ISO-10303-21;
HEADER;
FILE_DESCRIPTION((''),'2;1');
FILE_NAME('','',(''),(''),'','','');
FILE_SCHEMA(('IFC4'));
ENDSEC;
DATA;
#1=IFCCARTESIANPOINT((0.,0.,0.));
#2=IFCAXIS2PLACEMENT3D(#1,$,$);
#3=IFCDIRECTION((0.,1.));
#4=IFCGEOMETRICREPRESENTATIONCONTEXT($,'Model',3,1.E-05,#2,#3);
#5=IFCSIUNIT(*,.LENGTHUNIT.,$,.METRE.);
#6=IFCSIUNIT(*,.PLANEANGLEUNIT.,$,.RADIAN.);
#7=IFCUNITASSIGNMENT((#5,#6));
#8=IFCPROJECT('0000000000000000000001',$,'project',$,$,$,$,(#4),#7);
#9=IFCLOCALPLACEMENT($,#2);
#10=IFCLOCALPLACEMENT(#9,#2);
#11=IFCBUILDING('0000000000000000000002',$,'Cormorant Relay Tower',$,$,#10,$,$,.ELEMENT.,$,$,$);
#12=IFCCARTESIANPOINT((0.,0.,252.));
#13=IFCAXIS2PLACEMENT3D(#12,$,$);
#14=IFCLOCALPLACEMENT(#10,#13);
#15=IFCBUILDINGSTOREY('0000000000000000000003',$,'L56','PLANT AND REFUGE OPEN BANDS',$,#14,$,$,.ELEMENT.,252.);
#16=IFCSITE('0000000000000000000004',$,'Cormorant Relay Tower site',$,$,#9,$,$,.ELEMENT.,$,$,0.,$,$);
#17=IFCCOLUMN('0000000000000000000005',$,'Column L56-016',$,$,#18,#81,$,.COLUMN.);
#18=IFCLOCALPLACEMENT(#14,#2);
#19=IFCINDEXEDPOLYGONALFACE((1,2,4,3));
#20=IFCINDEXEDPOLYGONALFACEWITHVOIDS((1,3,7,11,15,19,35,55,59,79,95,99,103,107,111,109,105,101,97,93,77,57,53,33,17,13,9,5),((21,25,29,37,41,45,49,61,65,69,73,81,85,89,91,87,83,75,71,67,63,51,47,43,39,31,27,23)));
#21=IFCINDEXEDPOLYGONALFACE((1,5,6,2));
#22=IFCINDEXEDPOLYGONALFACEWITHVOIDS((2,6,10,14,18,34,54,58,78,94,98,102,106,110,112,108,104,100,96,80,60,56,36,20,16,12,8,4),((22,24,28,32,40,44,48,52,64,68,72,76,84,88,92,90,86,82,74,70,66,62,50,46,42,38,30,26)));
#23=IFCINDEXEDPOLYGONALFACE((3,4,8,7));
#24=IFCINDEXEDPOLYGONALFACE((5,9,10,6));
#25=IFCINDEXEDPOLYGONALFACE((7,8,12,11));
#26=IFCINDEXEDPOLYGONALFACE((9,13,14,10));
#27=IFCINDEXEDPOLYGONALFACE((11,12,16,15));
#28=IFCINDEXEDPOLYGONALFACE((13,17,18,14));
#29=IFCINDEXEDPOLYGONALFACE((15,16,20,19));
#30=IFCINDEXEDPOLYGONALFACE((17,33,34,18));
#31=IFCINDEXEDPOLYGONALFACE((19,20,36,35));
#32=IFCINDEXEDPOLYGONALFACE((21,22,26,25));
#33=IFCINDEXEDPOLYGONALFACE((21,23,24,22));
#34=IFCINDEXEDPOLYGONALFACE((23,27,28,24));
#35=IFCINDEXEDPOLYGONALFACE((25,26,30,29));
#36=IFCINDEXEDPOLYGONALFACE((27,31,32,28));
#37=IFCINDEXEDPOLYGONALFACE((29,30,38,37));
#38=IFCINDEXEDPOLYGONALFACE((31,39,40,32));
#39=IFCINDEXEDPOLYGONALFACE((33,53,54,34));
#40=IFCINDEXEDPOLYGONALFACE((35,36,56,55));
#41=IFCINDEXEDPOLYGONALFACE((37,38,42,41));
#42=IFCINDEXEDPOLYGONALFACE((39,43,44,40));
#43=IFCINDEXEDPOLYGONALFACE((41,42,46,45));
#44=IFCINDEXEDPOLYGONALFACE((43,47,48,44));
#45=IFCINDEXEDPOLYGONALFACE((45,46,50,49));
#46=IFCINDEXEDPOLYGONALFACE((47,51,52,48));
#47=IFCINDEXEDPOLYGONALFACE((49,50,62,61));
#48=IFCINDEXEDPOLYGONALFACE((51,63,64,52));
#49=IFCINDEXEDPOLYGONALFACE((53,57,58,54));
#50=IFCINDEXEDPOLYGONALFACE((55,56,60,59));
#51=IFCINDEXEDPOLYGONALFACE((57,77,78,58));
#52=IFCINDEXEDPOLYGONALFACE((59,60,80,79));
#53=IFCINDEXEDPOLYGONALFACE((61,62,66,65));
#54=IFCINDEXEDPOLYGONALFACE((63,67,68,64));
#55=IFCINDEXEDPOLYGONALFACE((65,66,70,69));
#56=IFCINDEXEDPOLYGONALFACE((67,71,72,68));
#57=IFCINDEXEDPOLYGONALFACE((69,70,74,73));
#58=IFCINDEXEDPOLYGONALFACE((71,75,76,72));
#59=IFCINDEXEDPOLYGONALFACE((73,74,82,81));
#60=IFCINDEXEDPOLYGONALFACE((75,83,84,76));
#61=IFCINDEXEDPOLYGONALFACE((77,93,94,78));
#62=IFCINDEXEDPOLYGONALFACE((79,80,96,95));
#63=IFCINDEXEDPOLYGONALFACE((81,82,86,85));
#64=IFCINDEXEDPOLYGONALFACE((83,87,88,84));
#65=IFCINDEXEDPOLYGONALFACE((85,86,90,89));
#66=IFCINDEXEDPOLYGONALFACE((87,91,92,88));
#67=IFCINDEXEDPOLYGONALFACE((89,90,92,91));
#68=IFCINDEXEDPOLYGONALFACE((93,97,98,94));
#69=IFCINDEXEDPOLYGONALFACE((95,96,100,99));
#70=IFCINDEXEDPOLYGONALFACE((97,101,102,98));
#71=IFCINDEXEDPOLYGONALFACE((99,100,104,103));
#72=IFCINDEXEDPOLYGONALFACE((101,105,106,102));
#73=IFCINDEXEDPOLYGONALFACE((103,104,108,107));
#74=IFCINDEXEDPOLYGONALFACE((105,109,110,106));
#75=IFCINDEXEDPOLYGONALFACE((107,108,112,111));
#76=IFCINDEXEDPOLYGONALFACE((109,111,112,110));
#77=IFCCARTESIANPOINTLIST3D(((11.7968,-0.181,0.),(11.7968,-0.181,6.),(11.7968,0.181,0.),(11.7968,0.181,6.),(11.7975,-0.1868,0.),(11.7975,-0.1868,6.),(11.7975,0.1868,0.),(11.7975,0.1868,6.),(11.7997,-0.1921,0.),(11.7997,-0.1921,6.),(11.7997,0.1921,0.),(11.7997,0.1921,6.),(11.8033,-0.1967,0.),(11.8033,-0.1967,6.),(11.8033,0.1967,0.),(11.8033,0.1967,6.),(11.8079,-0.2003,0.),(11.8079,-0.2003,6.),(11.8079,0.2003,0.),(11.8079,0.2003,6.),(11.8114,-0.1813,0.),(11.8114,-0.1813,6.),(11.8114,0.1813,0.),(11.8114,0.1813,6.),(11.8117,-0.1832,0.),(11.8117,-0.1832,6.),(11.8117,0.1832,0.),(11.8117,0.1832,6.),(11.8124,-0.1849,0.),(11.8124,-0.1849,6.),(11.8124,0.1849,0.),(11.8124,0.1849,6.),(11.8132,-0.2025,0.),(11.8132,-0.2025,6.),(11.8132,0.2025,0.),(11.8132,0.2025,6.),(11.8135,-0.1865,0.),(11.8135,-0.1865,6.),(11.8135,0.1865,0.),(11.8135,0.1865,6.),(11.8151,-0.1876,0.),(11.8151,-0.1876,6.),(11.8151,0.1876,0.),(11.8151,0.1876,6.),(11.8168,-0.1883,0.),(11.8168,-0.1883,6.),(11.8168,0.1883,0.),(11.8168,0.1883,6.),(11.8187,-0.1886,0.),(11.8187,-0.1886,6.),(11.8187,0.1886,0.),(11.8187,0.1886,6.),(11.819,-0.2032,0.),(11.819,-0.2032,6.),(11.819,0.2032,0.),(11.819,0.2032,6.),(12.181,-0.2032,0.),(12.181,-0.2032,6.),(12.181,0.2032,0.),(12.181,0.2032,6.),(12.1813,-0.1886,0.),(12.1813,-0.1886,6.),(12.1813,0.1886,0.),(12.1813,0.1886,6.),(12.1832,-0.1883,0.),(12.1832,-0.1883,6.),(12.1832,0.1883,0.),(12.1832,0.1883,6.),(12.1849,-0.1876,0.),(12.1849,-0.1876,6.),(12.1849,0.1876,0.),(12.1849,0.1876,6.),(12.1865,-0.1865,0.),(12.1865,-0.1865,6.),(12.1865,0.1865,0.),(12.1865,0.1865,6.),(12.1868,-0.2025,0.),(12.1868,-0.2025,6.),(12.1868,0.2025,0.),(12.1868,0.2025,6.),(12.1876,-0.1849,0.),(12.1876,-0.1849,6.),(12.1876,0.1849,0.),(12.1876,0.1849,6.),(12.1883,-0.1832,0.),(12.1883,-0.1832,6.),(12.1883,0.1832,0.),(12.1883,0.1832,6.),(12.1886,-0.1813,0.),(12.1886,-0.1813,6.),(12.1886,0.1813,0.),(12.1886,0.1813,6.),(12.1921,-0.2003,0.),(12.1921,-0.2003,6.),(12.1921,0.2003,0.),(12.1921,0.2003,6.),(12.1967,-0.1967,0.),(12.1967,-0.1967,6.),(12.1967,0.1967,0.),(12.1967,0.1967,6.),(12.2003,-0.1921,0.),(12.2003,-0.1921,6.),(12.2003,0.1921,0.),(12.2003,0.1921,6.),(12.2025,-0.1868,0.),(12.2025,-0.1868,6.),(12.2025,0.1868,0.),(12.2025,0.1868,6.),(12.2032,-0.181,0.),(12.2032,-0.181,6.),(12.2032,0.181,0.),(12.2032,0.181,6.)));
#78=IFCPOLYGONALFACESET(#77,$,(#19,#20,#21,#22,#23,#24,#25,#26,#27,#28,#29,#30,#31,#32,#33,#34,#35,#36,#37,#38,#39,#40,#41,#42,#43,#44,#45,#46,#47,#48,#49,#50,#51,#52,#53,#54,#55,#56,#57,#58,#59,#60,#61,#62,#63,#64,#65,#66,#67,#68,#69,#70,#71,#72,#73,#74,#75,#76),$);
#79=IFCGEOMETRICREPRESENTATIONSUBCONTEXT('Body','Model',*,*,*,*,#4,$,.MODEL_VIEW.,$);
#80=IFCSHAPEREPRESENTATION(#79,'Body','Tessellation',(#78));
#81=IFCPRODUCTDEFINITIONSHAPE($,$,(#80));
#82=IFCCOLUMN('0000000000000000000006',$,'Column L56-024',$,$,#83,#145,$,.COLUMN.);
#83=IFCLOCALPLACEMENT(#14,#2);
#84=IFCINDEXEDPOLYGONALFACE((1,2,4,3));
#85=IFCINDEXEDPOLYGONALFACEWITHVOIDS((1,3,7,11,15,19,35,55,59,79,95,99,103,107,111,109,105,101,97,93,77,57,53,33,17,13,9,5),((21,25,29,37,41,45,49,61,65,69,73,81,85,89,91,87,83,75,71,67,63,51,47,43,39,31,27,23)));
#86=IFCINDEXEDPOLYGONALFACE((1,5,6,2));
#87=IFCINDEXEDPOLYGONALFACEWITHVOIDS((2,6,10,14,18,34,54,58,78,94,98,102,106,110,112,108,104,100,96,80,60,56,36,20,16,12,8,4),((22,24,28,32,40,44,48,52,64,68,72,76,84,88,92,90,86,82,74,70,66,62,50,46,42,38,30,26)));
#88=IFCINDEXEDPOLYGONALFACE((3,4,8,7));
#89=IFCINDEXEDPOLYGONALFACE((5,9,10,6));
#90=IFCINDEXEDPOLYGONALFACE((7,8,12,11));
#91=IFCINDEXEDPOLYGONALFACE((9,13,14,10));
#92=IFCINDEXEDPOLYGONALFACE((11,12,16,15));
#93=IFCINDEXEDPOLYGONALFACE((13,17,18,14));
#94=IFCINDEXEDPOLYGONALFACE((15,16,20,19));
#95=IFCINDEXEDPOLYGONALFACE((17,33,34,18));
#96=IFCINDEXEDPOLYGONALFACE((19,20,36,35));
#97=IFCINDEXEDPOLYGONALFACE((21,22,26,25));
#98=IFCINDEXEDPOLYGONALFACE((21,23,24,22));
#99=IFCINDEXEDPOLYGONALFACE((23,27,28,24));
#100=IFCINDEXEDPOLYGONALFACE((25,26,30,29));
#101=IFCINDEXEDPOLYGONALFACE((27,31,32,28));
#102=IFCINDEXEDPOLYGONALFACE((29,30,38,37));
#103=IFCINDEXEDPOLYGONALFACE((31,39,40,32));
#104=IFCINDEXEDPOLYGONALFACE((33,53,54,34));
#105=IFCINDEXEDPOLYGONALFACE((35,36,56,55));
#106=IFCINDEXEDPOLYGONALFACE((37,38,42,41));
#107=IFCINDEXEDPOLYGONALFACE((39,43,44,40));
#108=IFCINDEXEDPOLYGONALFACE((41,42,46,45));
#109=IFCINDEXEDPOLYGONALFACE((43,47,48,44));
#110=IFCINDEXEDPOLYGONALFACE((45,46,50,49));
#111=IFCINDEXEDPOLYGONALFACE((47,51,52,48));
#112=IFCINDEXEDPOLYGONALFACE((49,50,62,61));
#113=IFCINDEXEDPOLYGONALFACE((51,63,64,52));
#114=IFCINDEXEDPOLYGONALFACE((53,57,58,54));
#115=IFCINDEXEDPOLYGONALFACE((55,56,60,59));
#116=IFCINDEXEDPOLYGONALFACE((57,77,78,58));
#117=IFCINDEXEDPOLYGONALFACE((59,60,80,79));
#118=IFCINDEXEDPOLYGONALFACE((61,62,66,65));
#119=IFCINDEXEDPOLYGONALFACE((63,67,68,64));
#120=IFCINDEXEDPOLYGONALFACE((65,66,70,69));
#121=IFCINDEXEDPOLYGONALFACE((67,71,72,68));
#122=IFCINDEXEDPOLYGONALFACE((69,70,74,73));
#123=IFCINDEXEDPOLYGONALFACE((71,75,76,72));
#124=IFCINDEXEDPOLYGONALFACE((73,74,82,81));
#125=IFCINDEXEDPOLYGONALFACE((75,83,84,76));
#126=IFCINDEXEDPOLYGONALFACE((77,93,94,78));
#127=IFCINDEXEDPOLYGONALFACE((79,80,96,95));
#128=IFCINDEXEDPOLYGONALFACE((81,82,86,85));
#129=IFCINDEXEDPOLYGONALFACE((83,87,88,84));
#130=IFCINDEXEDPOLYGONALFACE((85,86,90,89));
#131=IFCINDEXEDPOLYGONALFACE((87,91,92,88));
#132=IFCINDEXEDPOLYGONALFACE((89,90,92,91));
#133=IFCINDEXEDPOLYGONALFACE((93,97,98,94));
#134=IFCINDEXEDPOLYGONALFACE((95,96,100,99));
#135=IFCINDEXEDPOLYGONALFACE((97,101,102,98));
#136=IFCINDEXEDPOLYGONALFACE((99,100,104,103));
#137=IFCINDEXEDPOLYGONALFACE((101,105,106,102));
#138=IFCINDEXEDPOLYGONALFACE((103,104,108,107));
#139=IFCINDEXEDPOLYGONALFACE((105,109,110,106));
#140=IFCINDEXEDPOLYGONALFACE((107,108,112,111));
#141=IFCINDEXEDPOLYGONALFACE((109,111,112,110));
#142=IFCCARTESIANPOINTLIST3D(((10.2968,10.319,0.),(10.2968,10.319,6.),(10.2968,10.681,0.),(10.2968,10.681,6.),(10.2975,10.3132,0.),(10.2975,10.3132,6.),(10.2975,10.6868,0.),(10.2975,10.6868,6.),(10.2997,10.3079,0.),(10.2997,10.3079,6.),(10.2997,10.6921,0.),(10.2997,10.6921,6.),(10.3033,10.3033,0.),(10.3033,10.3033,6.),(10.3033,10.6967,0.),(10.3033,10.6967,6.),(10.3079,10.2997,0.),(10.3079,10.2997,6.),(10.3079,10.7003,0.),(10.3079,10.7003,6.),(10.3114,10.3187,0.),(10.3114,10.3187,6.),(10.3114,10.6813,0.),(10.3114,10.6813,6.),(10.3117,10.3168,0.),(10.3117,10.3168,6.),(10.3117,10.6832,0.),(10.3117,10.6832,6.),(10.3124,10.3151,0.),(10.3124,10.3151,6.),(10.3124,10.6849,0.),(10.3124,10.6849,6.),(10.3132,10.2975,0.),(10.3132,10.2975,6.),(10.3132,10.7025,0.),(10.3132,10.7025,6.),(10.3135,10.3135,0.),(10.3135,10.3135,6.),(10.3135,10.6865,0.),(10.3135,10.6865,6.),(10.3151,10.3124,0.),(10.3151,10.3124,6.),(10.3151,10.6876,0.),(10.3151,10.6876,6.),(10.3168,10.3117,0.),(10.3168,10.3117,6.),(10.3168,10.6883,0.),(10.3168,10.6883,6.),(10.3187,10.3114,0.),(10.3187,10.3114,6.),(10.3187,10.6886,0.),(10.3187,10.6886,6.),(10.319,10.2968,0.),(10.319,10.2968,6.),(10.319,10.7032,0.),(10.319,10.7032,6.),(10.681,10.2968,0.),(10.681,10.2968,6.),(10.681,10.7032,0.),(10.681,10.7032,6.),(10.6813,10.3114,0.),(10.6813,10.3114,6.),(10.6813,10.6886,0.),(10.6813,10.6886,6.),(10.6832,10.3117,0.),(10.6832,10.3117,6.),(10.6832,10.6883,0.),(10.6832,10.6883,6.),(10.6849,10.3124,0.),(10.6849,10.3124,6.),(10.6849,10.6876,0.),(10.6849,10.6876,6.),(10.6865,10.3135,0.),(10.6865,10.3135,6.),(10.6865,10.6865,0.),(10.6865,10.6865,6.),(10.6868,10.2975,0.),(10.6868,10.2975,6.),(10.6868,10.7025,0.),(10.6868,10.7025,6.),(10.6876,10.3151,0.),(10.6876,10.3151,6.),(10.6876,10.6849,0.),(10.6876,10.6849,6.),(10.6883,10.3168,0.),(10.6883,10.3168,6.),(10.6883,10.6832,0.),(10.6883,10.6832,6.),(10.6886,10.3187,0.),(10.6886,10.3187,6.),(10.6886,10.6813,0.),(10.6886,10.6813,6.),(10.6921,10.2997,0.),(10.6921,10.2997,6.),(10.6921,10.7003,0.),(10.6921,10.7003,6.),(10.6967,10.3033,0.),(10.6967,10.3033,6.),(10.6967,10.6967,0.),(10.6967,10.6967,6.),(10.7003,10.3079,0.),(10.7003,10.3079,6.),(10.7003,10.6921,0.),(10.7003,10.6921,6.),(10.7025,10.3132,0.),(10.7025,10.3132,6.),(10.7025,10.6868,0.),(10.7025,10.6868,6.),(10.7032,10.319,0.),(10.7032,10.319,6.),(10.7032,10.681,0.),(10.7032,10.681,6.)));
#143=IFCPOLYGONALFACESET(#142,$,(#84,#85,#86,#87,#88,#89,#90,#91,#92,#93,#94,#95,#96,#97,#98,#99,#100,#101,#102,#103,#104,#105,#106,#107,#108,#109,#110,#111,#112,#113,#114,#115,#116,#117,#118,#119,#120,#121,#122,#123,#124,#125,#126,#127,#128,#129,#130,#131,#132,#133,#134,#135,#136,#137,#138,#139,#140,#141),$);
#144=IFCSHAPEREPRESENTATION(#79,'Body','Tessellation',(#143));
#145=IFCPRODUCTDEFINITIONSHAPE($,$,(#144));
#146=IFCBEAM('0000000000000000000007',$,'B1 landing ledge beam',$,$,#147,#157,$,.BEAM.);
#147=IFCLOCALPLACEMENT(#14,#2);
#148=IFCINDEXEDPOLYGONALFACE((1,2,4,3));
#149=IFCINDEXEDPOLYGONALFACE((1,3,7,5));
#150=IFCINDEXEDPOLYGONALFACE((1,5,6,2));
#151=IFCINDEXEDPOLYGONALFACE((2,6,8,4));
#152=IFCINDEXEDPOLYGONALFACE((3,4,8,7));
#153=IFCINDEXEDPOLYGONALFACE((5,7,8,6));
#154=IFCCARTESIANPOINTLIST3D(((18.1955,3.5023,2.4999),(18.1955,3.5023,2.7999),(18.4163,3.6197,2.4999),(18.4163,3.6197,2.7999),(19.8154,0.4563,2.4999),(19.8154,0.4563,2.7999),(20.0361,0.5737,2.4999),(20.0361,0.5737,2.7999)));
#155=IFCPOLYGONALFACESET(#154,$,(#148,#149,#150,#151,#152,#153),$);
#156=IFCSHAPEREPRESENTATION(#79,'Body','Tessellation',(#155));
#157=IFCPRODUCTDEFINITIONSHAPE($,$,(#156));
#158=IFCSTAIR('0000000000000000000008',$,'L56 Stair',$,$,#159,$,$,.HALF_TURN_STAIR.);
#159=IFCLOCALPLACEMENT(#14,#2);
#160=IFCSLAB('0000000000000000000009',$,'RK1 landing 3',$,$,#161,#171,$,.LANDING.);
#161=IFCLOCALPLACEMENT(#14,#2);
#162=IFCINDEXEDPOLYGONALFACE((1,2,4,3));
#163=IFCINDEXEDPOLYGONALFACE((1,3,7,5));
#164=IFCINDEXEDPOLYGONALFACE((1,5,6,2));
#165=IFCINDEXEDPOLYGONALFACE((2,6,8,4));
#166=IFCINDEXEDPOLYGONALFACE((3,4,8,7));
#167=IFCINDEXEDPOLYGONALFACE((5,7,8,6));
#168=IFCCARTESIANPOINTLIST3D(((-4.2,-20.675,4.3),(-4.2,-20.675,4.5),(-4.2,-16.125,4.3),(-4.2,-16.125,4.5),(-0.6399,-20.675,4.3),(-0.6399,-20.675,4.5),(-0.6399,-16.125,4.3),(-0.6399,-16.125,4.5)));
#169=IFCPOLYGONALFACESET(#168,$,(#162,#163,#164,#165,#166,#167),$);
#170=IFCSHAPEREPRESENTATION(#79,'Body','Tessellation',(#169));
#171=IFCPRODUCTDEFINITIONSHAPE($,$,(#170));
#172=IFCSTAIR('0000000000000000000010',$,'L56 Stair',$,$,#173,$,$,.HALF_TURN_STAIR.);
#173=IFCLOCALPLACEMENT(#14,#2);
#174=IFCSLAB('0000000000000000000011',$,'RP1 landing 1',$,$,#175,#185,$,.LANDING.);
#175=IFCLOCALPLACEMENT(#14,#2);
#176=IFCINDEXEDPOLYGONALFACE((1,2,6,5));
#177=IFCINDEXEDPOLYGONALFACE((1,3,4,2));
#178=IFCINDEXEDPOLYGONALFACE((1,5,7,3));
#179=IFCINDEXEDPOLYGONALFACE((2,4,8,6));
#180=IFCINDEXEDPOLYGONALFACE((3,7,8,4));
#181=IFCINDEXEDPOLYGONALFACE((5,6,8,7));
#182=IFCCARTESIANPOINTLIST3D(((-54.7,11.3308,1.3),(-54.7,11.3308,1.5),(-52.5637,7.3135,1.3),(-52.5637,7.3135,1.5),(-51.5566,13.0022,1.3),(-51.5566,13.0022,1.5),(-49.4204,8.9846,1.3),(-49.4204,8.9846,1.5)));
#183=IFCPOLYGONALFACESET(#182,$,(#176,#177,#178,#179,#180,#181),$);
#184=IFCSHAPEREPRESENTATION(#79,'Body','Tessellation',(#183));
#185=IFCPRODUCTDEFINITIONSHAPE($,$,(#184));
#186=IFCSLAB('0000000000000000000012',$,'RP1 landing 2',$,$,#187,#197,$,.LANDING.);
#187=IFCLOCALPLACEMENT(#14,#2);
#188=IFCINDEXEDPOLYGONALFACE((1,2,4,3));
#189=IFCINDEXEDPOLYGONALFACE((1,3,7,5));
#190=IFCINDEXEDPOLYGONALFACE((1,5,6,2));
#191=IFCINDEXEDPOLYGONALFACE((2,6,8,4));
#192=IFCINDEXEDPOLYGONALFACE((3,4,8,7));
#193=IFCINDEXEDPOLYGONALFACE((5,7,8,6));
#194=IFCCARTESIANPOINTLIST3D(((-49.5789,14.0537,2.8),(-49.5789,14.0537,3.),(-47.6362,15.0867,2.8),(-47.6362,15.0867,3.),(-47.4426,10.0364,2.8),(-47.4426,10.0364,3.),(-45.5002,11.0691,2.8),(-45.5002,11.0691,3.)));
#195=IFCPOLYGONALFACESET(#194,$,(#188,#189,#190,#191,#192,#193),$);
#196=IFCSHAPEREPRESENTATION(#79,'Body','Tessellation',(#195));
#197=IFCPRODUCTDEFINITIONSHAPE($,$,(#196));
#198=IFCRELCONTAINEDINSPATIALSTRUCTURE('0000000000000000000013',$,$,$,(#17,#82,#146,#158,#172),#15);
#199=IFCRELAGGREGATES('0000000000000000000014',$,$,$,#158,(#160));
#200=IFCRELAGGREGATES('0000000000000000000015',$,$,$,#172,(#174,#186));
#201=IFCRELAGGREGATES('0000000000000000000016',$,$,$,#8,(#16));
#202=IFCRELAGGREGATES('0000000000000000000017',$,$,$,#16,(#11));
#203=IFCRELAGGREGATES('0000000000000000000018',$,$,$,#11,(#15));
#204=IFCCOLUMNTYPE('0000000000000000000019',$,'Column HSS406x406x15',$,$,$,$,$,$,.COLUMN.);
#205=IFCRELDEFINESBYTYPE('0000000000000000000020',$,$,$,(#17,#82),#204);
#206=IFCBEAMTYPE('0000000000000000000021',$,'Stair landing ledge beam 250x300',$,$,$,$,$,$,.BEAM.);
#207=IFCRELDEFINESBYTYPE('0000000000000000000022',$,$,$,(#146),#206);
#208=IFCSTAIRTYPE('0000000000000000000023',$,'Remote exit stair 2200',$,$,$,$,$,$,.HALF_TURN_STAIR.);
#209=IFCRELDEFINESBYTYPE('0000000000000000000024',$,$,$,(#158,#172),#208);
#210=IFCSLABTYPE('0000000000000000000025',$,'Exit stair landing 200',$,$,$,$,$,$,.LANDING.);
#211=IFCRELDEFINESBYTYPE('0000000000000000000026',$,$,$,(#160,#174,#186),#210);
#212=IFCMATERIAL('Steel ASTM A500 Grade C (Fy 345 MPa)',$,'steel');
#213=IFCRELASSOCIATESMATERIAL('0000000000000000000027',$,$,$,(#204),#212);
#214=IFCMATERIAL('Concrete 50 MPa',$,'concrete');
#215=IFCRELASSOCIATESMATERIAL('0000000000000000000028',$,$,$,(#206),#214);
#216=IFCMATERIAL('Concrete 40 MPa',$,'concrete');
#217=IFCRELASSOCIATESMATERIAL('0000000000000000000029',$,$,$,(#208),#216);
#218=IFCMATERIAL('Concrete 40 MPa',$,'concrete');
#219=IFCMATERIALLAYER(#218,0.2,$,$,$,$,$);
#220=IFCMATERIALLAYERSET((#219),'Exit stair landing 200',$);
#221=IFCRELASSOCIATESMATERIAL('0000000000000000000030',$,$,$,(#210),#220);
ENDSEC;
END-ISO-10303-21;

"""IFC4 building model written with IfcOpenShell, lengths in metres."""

from ifc_helpers import new_model, si_unit, direction, frame, origin, origin_2d, place, context, subcontext, project, spatial, polyline, rectangle, hollow_rectangle, outline, extrude, material, layer, layer_set, material_profile, profile_set, type_object, element, aggregate, save


model = new_model("IFC4")

# Units and contexts
model_context = context("Model", 3, precision=1e-05, world=origin(), true_north=direction((0.0, 1.0)))
body_context = subcontext(model_context, "Body", "Model", "MODEL_VIEW")
ifc_project = project(units=[si_unit("LENGTHUNIT", "METRE"), si_unit("PLANEANGLEUNIT", "RADIAN")], contexts=[model_context])

# Site, building, storey
site_placement = place(None, origin())
site = spatial("IfcSite", under=ifc_project, at=site_placement, Name="Cormorant Relay Tower site", CompositionType="ELEMENT", RefElevation=0.0)
building_placement = place(site_placement, origin())
building = spatial("IfcBuilding", under=site, at=building_placement, Name="Cormorant Relay Tower", CompositionType="ELEMENT")
storey_placement = place(building_placement, frame((0.0, 0.0, 252.0)))
storey = spatial("IfcBuildingStorey", under=building, at=storey_placement, Name="L56", Description="PLANT AND REFUGE OPEN BANDS", CompositionType="ELEMENT", Elevation=252.0)

# Columns
ifc_material_1 = material(Name="Steel ASTM A500 Grade C (Fy 345 MPa)", Category="steel")
ifc_material_profile_1 = material_profile(ifc_material_1, hollow_rectangle(XDim=0.4065, YDim=0.4065, WallThickness=0.0146, InnerFilletRadius=0.0073, OuterFilletRadius=0.0222, at=origin_2d()), Name="HSS406x406x15")
ifc_profile_set_1 = profile_set([ifc_material_profile_1], Name="Steel ASTM A500 Grade C (Fy 345 MPa)")
column_type = type_object("IfcColumnType", Name="Column HSS406x406x15", PredefinedType="COLUMN", material=ifc_profile_set_1)
for number, where, z_axis, x_axis, name in (
    (1, (12.0, 0.0, 0.0), (0.0, 0.0, 1.0), (1.0, 0.0, 0.0), "Column L56-016"),
    (2, (10.5, 10.5, 0.0), (0.0, 0.0, 1.0), (1.0, 0.0, 0.0), "Column L56-024"),
):
    element("IfcColumn", number, at=place(storey_placement, frame(where, z_axis=z_axis, x_axis=x_axis)), inside=storey, type_object=column_type, Name=name, PredefinedType="COLUMN", context=body_context, shape_type="SweptSolid", body=[
        extrude(hollow_rectangle(XDim=0.4065, YDim=0.4065, WallThickness=0.0146, InnerFilletRadius=0.0073, OuterFilletRadius=0.0222, at=origin_2d()), origin(), (0.0, 0.0, 1.0), 6.0),
    ])

# Beam
ifc_material_2 = material(Name="Concrete 50 MPa", Category="concrete")
ifc_material_profile_2 = material_profile(ifc_material_2, rectangle(XDim=0.25, YDim=0.3, at=origin_2d()), Name="RC 250x300")
ifc_profile_set_2 = profile_set([ifc_material_profile_2], Name="Concrete 50 MPa")
beam_type = type_object("IfcBeamType", Name="Stair landing ledge beam 250x300", PredefinedType="BEAM", material=ifc_profile_set_2)
beam_placement = place(storey_placement, frame((18.3059, 3.561, 2.6499), z_axis=(0.469519, -0.882922, 0.0), x_axis=(0.882922, 0.469519, 0.0)))
element("IfcBeam", 3, at=beam_placement, inside=storey, type_object=beam_type, Name="B1 landing ledge beam", PredefinedType="BEAM", context=body_context, shape_type="SweptSolid", body=[
    extrude(rectangle(XDim=0.25, YDim=0.3, at=origin_2d()), origin(), (0.0, 0.0, 1.0), 3.45),
])

# Stair, slab
ifc_material_3 = material(Name="Concrete 40 MPa", Category="concrete")
stair_type_1 = type_object("IfcStairType", Name="Remote exit stair 2200", PredefinedType="HALF_TURN_STAIR", material=ifc_material_3)
stair_1_placement = place(storey_placement, origin())
stair_1 = element("IfcStair", 4, at=stair_1_placement, inside=storey, type_object=stair_type_1, Name="L56 Stair", PredefinedType="HALF_TURN_STAIR")
ifc_material_4 = material(Name="Concrete 40 MPa", Category="concrete")
ifc_layer_1 = layer(ifc_material_4, 0.2)
ifc_layer_set_1 = layer_set([ifc_layer_1], Name="Exit stair landing 200")
slab_type = type_object("IfcSlabType", Name="Exit stair landing 200", PredefinedType="LANDING", material=ifc_layer_set_1)
slab_1_placement = place(storey_placement, frame((0.0, 0.0, 4.3)))
slab_1 = element("IfcSlab", 5, at=slab_1_placement, type_object=slab_type, Name="RK1 landing 3", PredefinedType="LANDING", context=body_context, shape_type="SweptSolid", body=[
    extrude(outline(polyline([(-0.6399, -16.125), (-4.2, -16.125), (-4.2, -20.675), (-0.6399, -20.675), (-0.6399, -16.125)])), origin(), (0.0, 0.0, 1.0), 0.2),
])
aggregate(stair_1, [slab_1])

# Stair, slabs
stair_2_placement = place(storey_placement, origin())
stair_2 = element("IfcStair", 6, at=stair_2_placement, inside=storey, type_object=stair_type_1, Name="L56 Stair", PredefinedType="HALF_TURN_STAIR")
slab_2_placement = place(storey_placement, frame((0.0, 0.0, 1.3)))
slab_2 = element("IfcSlab", 7, at=slab_2_placement, type_object=slab_type, Name="RP1 landing 1", PredefinedType="LANDING", context=body_context, shape_type="SweptSolid", body=[
    extrude(outline(polyline([(-51.5566, 13.0022), (-54.7, 11.3308), (-52.5637, 7.3135), (-49.4204, 8.9846), (-51.5566, 13.0022)])), origin(), (0.0, 0.0, 1.0), 0.2),
])
slab_3_placement = place(storey_placement, frame((0.0, 0.0, 2.8)))
slab_3 = element("IfcSlab", 8, at=slab_3_placement, type_object=slab_type, Name="RP1 landing 2", PredefinedType="LANDING", context=body_context, shape_type="SweptSolid", body=[
    extrude(outline(polyline([(-47.6362, 15.0867), (-49.5789, 14.0537), (-47.4426, 10.0364), (-45.5002, 11.0691), (-47.6362, 15.0867)])), origin(), (0.0, 0.0, 1.0), 0.2),
])
aggregate(stair_2, [slab_2, slab_3])

save(model, "model.ifc")
